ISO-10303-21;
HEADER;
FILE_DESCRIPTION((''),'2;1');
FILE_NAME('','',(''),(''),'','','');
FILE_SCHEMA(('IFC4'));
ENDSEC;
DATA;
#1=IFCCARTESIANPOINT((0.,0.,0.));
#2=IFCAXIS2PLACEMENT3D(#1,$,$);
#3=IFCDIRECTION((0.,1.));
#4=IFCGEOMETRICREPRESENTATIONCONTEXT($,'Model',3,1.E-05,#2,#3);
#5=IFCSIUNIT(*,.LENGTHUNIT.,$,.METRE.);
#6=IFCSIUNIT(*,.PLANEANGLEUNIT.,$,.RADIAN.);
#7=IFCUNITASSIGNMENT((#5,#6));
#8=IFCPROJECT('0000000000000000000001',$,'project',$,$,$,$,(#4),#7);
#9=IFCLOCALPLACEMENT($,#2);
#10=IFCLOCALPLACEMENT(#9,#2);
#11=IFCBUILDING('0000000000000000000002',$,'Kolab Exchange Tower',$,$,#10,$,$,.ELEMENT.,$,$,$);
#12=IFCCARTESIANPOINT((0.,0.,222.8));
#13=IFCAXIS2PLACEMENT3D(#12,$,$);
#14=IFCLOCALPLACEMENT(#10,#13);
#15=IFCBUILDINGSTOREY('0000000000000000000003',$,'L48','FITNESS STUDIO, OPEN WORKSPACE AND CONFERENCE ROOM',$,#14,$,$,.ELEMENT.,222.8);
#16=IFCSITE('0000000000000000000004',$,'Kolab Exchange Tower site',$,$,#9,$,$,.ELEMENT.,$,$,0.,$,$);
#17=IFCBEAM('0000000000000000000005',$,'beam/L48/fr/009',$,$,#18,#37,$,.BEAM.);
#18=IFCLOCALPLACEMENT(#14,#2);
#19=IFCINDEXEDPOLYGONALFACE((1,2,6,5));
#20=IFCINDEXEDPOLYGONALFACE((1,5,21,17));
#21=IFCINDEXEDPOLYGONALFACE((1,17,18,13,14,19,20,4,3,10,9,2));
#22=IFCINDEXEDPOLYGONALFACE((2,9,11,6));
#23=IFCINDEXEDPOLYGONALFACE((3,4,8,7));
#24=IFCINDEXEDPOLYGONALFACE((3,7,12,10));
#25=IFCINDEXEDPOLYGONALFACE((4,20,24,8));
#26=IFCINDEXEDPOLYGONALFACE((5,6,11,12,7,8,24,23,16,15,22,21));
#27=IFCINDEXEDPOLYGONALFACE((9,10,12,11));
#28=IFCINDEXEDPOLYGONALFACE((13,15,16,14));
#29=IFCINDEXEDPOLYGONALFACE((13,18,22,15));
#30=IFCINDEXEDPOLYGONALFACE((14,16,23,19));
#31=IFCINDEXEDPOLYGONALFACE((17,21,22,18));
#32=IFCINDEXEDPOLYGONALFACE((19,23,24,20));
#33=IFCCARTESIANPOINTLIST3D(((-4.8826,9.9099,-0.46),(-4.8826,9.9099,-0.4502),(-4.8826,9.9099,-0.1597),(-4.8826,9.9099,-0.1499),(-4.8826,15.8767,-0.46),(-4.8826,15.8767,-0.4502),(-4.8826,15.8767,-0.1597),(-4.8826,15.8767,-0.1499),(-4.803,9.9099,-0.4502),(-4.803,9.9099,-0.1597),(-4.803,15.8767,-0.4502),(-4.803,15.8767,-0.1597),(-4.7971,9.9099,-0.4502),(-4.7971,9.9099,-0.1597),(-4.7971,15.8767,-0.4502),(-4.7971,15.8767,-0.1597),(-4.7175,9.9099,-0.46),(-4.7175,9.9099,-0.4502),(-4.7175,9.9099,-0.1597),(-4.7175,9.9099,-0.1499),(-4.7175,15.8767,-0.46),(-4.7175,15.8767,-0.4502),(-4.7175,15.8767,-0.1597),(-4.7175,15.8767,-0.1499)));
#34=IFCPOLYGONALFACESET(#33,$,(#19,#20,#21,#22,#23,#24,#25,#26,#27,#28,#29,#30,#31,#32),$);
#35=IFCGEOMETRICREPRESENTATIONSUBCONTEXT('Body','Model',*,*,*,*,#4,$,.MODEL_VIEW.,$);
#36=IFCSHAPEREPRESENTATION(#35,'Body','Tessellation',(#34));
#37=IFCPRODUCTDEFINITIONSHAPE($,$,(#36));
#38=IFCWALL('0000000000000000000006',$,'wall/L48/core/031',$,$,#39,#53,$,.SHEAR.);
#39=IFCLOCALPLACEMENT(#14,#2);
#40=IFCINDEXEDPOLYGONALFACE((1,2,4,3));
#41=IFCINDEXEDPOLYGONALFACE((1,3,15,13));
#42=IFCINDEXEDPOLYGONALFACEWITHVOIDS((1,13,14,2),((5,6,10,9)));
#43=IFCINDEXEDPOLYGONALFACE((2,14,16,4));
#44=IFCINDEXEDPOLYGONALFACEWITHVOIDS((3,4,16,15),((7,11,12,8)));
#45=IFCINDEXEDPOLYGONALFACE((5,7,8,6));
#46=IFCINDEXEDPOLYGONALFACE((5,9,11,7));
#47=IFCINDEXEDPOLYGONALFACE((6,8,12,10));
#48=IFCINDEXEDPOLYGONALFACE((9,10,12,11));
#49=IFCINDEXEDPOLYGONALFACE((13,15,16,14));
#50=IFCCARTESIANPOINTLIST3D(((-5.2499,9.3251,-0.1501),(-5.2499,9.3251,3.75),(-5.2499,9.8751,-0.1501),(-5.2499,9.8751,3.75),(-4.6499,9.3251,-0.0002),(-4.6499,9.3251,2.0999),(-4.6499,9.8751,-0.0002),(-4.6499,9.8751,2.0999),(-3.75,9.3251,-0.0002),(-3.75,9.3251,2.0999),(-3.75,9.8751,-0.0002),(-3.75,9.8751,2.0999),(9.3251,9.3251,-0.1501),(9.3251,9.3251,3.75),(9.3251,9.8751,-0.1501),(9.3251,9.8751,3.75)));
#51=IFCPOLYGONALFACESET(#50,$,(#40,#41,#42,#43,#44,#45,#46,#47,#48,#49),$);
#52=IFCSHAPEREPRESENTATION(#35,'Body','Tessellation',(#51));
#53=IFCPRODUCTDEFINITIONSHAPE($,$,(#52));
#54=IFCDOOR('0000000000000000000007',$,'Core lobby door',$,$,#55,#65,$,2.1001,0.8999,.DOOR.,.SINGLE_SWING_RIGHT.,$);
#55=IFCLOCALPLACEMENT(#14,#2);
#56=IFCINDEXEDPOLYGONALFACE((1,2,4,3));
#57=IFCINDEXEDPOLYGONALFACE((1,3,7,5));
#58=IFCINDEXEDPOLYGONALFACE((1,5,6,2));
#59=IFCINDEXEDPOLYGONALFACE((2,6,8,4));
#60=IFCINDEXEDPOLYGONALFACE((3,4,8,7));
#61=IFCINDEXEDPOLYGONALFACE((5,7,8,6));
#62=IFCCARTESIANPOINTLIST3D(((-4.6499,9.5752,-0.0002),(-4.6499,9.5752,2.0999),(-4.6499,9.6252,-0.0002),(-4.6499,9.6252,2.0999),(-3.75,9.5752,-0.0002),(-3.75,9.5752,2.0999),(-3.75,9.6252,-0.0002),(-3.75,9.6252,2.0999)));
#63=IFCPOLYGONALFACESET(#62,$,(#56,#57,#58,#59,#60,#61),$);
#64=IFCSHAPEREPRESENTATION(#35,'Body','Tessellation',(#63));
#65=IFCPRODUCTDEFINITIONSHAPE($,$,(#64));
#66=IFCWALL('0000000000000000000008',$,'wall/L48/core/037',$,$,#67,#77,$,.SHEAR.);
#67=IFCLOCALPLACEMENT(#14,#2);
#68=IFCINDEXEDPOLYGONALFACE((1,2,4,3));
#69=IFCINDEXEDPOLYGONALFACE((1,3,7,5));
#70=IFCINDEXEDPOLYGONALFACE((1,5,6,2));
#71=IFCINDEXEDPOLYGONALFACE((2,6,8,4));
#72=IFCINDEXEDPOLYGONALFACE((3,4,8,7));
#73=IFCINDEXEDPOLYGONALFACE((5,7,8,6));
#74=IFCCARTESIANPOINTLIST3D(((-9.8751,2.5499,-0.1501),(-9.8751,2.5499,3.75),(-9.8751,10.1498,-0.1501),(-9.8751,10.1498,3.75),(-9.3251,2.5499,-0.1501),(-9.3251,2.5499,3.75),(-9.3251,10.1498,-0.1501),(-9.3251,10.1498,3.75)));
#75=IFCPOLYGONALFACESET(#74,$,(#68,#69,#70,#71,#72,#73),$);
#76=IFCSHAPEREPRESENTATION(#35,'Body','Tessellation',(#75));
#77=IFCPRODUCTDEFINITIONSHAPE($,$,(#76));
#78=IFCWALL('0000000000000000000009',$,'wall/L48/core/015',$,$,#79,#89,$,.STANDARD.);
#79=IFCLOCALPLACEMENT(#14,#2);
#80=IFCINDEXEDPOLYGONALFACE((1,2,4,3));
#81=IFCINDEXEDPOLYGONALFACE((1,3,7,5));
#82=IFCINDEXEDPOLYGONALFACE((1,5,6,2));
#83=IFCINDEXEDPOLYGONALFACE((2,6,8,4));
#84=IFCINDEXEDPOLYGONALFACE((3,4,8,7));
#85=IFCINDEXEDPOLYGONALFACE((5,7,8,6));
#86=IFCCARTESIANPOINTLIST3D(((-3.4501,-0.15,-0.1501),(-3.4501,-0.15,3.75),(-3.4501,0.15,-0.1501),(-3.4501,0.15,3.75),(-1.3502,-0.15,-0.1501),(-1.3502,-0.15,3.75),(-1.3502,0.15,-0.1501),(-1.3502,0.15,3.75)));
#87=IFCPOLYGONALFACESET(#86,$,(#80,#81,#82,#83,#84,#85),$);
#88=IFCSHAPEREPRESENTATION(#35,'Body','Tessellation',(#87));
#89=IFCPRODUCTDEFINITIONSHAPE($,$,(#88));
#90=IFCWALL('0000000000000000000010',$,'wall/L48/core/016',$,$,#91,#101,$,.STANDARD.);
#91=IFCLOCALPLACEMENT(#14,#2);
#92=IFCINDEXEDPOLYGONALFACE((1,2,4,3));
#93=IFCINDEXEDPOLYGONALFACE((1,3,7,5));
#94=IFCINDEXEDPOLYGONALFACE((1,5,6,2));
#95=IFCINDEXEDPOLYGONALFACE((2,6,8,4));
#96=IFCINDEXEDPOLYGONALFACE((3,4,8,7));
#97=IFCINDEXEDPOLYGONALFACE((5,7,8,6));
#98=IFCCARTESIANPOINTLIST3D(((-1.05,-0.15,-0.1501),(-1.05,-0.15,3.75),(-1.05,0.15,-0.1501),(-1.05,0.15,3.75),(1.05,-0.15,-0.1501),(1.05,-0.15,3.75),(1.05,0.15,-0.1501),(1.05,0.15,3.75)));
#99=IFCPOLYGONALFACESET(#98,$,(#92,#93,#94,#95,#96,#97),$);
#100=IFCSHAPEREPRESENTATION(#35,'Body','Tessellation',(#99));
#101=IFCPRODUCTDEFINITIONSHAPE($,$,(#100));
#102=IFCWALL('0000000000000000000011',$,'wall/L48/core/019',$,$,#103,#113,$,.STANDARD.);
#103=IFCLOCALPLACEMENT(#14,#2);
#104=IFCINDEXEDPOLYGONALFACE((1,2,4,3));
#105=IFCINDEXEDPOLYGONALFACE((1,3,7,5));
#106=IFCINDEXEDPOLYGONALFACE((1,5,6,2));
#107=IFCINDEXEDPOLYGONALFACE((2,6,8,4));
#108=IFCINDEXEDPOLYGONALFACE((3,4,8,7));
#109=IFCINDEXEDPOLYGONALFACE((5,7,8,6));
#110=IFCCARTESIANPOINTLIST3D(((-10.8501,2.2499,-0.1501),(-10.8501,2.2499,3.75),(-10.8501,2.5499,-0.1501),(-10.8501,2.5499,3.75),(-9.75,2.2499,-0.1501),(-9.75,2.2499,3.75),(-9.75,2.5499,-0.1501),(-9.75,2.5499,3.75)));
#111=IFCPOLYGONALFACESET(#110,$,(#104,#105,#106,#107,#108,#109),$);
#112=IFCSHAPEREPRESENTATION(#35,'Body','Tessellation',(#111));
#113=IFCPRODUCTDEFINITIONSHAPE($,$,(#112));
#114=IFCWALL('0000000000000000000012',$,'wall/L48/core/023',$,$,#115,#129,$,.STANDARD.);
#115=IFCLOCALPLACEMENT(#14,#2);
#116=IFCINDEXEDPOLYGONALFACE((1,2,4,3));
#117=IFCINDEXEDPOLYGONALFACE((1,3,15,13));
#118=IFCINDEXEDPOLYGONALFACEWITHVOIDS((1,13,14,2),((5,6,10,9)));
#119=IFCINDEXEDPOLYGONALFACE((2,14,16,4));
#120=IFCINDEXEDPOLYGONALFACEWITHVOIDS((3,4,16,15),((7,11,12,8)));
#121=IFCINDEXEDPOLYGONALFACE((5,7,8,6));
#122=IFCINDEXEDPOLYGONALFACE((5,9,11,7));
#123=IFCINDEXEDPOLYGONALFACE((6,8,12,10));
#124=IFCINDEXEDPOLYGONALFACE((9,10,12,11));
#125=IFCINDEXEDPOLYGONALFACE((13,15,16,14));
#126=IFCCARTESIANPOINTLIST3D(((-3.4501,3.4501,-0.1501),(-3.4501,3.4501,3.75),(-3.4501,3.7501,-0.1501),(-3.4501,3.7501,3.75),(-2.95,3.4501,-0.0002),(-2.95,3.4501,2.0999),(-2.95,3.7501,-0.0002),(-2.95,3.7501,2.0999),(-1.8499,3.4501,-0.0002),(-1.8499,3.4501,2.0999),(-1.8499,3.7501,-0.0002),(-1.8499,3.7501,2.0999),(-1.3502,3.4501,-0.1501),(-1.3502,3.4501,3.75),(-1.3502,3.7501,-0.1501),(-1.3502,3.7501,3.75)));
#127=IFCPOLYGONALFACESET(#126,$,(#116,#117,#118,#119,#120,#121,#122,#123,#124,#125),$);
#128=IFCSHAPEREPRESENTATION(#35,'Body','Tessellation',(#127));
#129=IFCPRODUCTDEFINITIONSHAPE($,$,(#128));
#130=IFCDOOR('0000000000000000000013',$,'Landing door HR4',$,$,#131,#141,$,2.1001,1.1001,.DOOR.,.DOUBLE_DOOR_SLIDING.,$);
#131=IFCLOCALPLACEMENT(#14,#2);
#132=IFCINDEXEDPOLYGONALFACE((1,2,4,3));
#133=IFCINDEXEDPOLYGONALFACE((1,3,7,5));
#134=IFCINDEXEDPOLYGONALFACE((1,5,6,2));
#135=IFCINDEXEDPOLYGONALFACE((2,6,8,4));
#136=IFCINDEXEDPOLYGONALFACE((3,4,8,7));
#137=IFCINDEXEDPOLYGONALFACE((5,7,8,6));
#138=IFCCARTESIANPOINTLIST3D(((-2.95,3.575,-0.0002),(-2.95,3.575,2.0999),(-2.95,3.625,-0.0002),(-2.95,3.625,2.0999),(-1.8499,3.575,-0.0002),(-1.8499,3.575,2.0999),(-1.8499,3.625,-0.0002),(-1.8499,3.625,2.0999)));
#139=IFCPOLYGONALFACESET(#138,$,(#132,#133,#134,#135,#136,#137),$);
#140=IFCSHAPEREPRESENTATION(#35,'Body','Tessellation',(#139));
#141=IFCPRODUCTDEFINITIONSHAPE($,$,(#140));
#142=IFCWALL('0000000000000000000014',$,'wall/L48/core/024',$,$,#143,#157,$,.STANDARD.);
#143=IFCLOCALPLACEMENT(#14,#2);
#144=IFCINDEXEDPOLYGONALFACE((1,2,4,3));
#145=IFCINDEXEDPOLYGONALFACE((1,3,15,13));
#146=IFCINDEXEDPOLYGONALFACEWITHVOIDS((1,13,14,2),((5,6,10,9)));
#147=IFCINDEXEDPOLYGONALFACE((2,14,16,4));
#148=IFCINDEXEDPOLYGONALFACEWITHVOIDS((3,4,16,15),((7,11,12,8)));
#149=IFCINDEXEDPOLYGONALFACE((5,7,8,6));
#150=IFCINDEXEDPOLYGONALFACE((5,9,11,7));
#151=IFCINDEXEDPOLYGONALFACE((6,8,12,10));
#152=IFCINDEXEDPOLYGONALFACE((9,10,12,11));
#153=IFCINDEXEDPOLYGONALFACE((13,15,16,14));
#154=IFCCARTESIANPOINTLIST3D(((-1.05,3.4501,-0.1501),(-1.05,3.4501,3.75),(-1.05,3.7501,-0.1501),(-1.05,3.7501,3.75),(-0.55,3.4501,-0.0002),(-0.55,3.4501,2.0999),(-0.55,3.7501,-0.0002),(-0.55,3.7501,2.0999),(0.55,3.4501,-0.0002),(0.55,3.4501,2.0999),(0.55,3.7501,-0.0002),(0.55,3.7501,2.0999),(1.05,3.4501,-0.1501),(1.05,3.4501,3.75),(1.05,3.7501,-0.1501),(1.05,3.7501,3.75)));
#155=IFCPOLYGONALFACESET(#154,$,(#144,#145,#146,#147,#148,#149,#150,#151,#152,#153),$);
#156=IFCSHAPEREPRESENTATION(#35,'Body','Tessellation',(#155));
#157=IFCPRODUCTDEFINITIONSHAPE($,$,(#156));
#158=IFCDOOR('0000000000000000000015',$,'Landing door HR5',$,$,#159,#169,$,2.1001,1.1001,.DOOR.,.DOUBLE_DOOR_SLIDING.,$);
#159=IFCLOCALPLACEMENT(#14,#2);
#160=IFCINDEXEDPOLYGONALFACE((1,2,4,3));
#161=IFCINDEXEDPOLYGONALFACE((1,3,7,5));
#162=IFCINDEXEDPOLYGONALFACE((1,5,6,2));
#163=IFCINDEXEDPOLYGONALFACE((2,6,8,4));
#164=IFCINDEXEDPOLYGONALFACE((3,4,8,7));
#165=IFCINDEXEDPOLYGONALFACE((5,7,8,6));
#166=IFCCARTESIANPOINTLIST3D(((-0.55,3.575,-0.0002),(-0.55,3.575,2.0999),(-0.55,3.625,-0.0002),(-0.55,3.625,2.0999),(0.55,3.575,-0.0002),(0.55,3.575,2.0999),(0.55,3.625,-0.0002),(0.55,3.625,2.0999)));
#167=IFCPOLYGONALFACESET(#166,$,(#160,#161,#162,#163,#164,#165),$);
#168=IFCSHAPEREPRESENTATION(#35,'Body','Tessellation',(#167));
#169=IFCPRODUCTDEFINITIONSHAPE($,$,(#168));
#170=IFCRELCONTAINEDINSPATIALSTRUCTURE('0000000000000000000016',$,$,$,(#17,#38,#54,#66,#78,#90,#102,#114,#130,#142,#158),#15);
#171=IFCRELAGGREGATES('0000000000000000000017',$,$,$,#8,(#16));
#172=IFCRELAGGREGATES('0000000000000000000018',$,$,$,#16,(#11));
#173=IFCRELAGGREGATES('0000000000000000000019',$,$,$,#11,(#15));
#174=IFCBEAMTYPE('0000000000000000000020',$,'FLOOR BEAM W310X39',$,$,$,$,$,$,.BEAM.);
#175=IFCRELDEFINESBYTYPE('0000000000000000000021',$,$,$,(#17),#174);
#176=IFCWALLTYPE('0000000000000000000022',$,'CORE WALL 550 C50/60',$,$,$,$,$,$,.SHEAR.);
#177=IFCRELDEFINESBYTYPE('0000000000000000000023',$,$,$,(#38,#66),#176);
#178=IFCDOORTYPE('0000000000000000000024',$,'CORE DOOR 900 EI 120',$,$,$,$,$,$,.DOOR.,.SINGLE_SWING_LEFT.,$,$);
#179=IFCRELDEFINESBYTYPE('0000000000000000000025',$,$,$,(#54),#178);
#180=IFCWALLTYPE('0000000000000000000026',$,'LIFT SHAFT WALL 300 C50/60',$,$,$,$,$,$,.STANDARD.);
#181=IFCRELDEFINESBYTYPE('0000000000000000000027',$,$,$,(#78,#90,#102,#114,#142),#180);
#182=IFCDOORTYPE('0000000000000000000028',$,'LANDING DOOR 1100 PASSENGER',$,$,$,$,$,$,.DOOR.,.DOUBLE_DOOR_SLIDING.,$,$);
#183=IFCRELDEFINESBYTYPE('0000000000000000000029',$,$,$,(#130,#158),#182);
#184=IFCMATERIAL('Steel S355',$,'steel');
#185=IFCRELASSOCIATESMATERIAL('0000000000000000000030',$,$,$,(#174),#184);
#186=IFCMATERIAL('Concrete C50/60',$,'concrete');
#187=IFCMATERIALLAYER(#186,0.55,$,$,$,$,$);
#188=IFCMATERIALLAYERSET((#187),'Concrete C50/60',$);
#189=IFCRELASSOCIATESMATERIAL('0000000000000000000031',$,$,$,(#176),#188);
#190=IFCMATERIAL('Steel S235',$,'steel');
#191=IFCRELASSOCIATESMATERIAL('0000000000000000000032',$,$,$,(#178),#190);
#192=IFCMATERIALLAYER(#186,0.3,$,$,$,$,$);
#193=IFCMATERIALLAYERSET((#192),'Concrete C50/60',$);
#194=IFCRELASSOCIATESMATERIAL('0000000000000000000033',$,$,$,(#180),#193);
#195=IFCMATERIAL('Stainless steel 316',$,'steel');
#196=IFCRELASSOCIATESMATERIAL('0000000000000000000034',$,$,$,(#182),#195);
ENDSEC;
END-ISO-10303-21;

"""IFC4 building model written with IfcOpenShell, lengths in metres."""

from ifc_helpers import new_model, si_unit, direction, frame, frame_2d, origin, origin_2d, place, context, subcontext, project, spatial, rectangle, i_section, extrude, material, layer, layer_set, material_profile, profile_set, type_object, element, fill, save


model = new_model("IFC4")

# Units and contexts
model_context = context("Model", 3, precision=1e-05, world=origin(), true_north=direction((0.0, 1.0)))
body_context = subcontext(model_context, "Body", "Model", "MODEL_VIEW")
ifc_project = project(units=[si_unit("LENGTHUNIT", "METRE"), si_unit("PLANEANGLEUNIT", "RADIAN")], contexts=[model_context])

# Site, building, storey
site_placement = place(None, origin())
site = spatial("IfcSite", under=ifc_project, at=site_placement, Name="Kolab Exchange Tower site", CompositionType="ELEMENT", RefElevation=0.0)
building_placement = place(site_placement, origin())
building = spatial("IfcBuilding", under=site, at=building_placement, Name="Kolab Exchange Tower", CompositionType="ELEMENT")
storey_placement = place(building_placement, frame((0.0, 0.0, 222.8)))
storey = spatial("IfcBuildingStorey", under=building, at=storey_placement, Name="L48", Description="FITNESS STUDIO, OPEN WORKSPACE AND CONFERENCE ROOM", CompositionType="ELEMENT", Elevation=222.8)

# Beam
ifc_material_1 = material(Name="Steel S355", Category="steel")
ifc_material_profile = material_profile(ifc_material_1, i_section(OverallWidth=0.165, OverallDepth=0.3101, WebThickness=0.0059, FlangeThickness=0.0098, at=origin_2d()), Name="W310X39")
ifc_profile_set = profile_set([ifc_material_profile], Name="Steel S355")
beam_type = type_object("IfcBeamType", Name="FLOOR BEAM W310X39", PredefinedType="BEAM", material=ifc_profile_set)
beam_placement = place(storey_placement, frame((-4.8, 9.9099, -0.3049), z_axis=(0.0, 1.0, 0.0), x_axis=(-1.0, 0.0, 0.0)))
element("IfcBeam", 1, at=beam_placement, inside=storey, type_object=beam_type, Name="beam/L48/fr/009", PredefinedType="BEAM", context=body_context, shape_type="SweptSolid", body=[
    extrude(i_section(OverallWidth=0.165, OverallDepth=0.3101, WebThickness=0.0059, FlangeThickness=0.0098, at=origin_2d()), origin(), (0.0, 0.0, 1.0), 5.9668),
])

# Wall, opening, door
ifc_material_2 = material(Name="Concrete C50/60", Category="concrete")
ifc_layer_1 = layer(ifc_material_2, 0.55)
ifc_layer_set_1 = layer_set([ifc_layer_1], Name="Concrete C50/60")
wall_type_1 = type_object("IfcWallType", Name="CORE WALL 550 C50/60", PredefinedType="SHEAR", material=ifc_layer_set_1)
wall_1_placement = place(storey_placement, frame((-5.25, 9.6001, -0.1501), z_axis=(0.0, 0.0, 1.0), x_axis=(1.0, 0.0, 0.0)))
wall_1 = element("IfcWall", 2, at=wall_1_placement, inside=storey, type_object=wall_type_1, Name="wall/L48/core/031", PredefinedType="SHEAR", context=body_context, shape_type="SweptSolid", body=[
    extrude(rectangle(XDim=14.575, YDim=0.55, at=frame_2d((7.2876, 0.0))), origin(), (0.0, 0.0, 1.0), 3.9001),
])
opening_1_placement = place(wall_1_placement, frame((0.6001, 0.0, 0.1499)))
opening_1 = element("IfcOpeningElement", 3, at=opening_1_placement, cuts=wall_1, PredefinedType="OPENING", context=body_context, shape_type="SweptSolid", body=[
    extrude(rectangle(XDim=0.8999, YDim=2.1001, at=frame_2d((0.45, 1.05))), frame((0.0, 0.2852, 0.0), z_axis=(0.0, -1.0, 0.0), x_axis=(1.0, 0.0, 0.0)), (0.0, 0.0, 1.0), 0.5701),
])
ifc_material_3 = material(Name="Steel S235", Category="steel")
door_type_1 = type_object("IfcDoorType", Name="CORE DOOR 900 EI 120", OperationType="SINGLE_SWING_LEFT", PredefinedType="DOOR", material=ifc_material_3)
door_1_placement = place(opening_1_placement, frame((0.8999, 0.0, 0.0), z_axis=(0.0, 0.0, 1.0), x_axis=(-1.0, 0.0, 0.0)))
door_1 = element("IfcDoor", 4, at=door_1_placement, inside=storey, type_object=door_type_1, Name="Core lobby door", OperationType="SINGLE_SWING_RIGHT", OverallHeight=2.1001, OverallWidth=0.8999, PredefinedType="DOOR", context=body_context, shape_type="SweptSolid", body=[
    extrude(rectangle(XDim=0.8999, YDim=2.1001, at=frame_2d((0.45, 1.05))), frame((0.0, 0.0249, 0.0), z_axis=(0.0, -1.0, 0.0), x_axis=(1.0, 0.0, 0.0)), (0.0, 0.0, 1.0), 0.05),
])
fill(opening_1, door_1)

# Walls
wall_2_placement = place(storey_placement, frame((-9.6001, 2.55, -0.1501), z_axis=(0.0, 0.0, 1.0), x_axis=(0.0, 1.0, 0.0)))
element("IfcWall", 5, at=wall_2_placement, inside=storey, type_object=wall_type_1, Name="wall/L48/core/037", PredefinedType="SHEAR", context=body_context, shape_type="SweptSolid", body=[
    extrude(rectangle(XDim=7.5999, YDim=0.55, at=frame_2d((3.7998, 0.0))), origin(), (0.0, 0.0, 1.0), 3.9001),
])
ifc_layer_2 = layer(ifc_material_2, 0.3)
ifc_layer_set_2 = layer_set([ifc_layer_2], Name="Concrete C50/60")
wall_type_2 = type_object("IfcWallType", Name="LIFT SHAFT WALL 300 C50/60", PredefinedType="STANDARD", material=ifc_layer_set_2)
wall_3_placement = place(storey_placement, frame((-3.45, 0.0, -0.1501), z_axis=(0.0, 0.0, 1.0), x_axis=(1.0, 0.0, 0.0)))
element("IfcWall", 6, at=wall_3_placement, inside=storey, type_object=wall_type_2, Name="wall/L48/core/015", PredefinedType="STANDARD", context=body_context, shape_type="SweptSolid", body=[
    extrude(rectangle(XDim=2.0999, YDim=0.3, at=frame_2d((1.0498, 0.0))), origin(), (0.0, 0.0, 1.0), 3.9001),
])
wall_4_placement = place(storey_placement, frame((-1.05, 0.0, -0.1501), z_axis=(0.0, 0.0, 1.0), x_axis=(1.0, 0.0, 0.0)))
element("IfcWall", 7, at=wall_4_placement, inside=storey, type_object=wall_type_2, Name="wall/L48/core/016", PredefinedType="STANDARD", context=body_context, shape_type="SweptSolid", body=[
    extrude(rectangle(XDim=2.1001, YDim=0.3, at=frame_2d((1.05, 0.0))), origin(), (0.0, 0.0, 1.0), 3.9001),
])
wall_5_placement = place(storey_placement, frame((-10.8501, 2.3999, -0.1501), z_axis=(0.0, 0.0, 1.0), x_axis=(1.0, 0.0, 0.0)))
element("IfcWall", 8, at=wall_5_placement, inside=storey, type_object=wall_type_2, Name="wall/L48/core/019", PredefinedType="STANDARD", context=body_context, shape_type="SweptSolid", body=[
    extrude(rectangle(XDim=1.1001, YDim=0.3, at=frame_2d((0.55, 0.0))), origin(), (0.0, 0.0, 1.0), 3.9001),
])

# Walls, openings, doors
wall_6_placement = place(storey_placement, frame((-3.45, 3.6001, -0.1501), z_axis=(0.0, 0.0, 1.0), x_axis=(1.0, 0.0, 0.0)))
wall_6 = element("IfcWall", 9, at=wall_6_placement, inside=storey, type_object=wall_type_2, Name="wall/L48/core/023", PredefinedType="STANDARD", context=body_context, shape_type="SweptSolid", body=[
    extrude(rectangle(XDim=2.0999, YDim=0.3, at=frame_2d((1.0498, 0.0))), origin(), (0.0, 0.0, 1.0), 3.9001),
])
opening_2_placement = place(wall_6_placement, frame((0.5, 0.0, 0.1499)))
opening_2 = element("IfcOpeningElement", 10, at=opening_2_placement, cuts=wall_6, PredefinedType="OPENING", context=body_context, shape_type="SweptSolid", body=[
    extrude(rectangle(XDim=1.1001, YDim=2.1001, at=frame_2d((0.55, 1.05))), frame((0.0, 0.1602, 0.0), z_axis=(0.0, -1.0, 0.0), x_axis=(1.0, 0.0, 0.0)), (0.0, 0.0, 1.0), 0.3201),
])
ifc_material_4 = material(Name="Stainless steel 316", Category="steel")
door_type_2 = type_object("IfcDoorType", Name="LANDING DOOR 1100 PASSENGER", OperationType="DOUBLE_DOOR_SLIDING", PredefinedType="DOOR", material=ifc_material_4)
door_2_placement = place(opening_2_placement, origin())
door_2 = element("IfcDoor", 11, at=door_2_placement, inside=storey, type_object=door_type_2, Name="Landing door HR4", OperationType="DOUBLE_DOOR_SLIDING", OverallHeight=2.1001, OverallWidth=1.1001, PredefinedType="DOOR", context=body_context, shape_type="SweptSolid", body=[
    extrude(rectangle(XDim=1.1001, YDim=2.1001, at=frame_2d((0.55, 1.05))), frame((0.0, 0.0249, 0.0), z_axis=(0.0, -1.0, 0.0), x_axis=(1.0, 0.0, 0.0)), (0.0, 0.0, 1.0), 0.05),
])
fill(opening_2, door_2)
wall_7_placement = place(storey_placement, frame((-1.05, 3.6001, -0.1501), z_axis=(0.0, 0.0, 1.0), x_axis=(1.0, 0.0, 0.0)))
wall_7 = element("IfcWall", 12, at=wall_7_placement, inside=storey, type_object=wall_type_2, Name="wall/L48/core/024", PredefinedType="STANDARD", context=body_context, shape_type="SweptSolid", body=[
    extrude(rectangle(XDim=2.1001, YDim=0.3, at=frame_2d((1.05, 0.0))), origin(), (0.0, 0.0, 1.0), 3.9001),
])
opening_3_placement = place(wall_7_placement, frame((0.5, 0.0, 0.1499)))
opening_3 = element("IfcOpeningElement", 13, at=opening_3_placement, cuts=wall_7, PredefinedType="OPENING", context=body_context, shape_type="SweptSolid", body=[
    extrude(rectangle(XDim=1.1001, YDim=2.1001, at=frame_2d((0.55, 1.05))), frame((0.0, 0.1602, 0.0), z_axis=(0.0, -1.0, 0.0), x_axis=(1.0, 0.0, 0.0)), (0.0, 0.0, 1.0), 0.3201),
])
door_3_placement = place(opening_3_placement, origin())
door_3 = element("IfcDoor", 14, at=door_3_placement, inside=storey, type_object=door_type_2, Name="Landing door HR5", OperationType="DOUBLE_DOOR_SLIDING", OverallHeight=2.1001, OverallWidth=1.1001, PredefinedType="DOOR", context=body_context, shape_type="SweptSolid", body=[
    extrude(rectangle(XDim=1.1001, YDim=2.1001, at=frame_2d((0.55, 1.05))), frame((0.0, 0.0249, 0.0), z_axis=(0.0, -1.0, 0.0), x_axis=(1.0, 0.0, 0.0)), (0.0, 0.0, 1.0), 0.05),
])
fill(opening_3, door_3)

save(model, "model.ifc")
